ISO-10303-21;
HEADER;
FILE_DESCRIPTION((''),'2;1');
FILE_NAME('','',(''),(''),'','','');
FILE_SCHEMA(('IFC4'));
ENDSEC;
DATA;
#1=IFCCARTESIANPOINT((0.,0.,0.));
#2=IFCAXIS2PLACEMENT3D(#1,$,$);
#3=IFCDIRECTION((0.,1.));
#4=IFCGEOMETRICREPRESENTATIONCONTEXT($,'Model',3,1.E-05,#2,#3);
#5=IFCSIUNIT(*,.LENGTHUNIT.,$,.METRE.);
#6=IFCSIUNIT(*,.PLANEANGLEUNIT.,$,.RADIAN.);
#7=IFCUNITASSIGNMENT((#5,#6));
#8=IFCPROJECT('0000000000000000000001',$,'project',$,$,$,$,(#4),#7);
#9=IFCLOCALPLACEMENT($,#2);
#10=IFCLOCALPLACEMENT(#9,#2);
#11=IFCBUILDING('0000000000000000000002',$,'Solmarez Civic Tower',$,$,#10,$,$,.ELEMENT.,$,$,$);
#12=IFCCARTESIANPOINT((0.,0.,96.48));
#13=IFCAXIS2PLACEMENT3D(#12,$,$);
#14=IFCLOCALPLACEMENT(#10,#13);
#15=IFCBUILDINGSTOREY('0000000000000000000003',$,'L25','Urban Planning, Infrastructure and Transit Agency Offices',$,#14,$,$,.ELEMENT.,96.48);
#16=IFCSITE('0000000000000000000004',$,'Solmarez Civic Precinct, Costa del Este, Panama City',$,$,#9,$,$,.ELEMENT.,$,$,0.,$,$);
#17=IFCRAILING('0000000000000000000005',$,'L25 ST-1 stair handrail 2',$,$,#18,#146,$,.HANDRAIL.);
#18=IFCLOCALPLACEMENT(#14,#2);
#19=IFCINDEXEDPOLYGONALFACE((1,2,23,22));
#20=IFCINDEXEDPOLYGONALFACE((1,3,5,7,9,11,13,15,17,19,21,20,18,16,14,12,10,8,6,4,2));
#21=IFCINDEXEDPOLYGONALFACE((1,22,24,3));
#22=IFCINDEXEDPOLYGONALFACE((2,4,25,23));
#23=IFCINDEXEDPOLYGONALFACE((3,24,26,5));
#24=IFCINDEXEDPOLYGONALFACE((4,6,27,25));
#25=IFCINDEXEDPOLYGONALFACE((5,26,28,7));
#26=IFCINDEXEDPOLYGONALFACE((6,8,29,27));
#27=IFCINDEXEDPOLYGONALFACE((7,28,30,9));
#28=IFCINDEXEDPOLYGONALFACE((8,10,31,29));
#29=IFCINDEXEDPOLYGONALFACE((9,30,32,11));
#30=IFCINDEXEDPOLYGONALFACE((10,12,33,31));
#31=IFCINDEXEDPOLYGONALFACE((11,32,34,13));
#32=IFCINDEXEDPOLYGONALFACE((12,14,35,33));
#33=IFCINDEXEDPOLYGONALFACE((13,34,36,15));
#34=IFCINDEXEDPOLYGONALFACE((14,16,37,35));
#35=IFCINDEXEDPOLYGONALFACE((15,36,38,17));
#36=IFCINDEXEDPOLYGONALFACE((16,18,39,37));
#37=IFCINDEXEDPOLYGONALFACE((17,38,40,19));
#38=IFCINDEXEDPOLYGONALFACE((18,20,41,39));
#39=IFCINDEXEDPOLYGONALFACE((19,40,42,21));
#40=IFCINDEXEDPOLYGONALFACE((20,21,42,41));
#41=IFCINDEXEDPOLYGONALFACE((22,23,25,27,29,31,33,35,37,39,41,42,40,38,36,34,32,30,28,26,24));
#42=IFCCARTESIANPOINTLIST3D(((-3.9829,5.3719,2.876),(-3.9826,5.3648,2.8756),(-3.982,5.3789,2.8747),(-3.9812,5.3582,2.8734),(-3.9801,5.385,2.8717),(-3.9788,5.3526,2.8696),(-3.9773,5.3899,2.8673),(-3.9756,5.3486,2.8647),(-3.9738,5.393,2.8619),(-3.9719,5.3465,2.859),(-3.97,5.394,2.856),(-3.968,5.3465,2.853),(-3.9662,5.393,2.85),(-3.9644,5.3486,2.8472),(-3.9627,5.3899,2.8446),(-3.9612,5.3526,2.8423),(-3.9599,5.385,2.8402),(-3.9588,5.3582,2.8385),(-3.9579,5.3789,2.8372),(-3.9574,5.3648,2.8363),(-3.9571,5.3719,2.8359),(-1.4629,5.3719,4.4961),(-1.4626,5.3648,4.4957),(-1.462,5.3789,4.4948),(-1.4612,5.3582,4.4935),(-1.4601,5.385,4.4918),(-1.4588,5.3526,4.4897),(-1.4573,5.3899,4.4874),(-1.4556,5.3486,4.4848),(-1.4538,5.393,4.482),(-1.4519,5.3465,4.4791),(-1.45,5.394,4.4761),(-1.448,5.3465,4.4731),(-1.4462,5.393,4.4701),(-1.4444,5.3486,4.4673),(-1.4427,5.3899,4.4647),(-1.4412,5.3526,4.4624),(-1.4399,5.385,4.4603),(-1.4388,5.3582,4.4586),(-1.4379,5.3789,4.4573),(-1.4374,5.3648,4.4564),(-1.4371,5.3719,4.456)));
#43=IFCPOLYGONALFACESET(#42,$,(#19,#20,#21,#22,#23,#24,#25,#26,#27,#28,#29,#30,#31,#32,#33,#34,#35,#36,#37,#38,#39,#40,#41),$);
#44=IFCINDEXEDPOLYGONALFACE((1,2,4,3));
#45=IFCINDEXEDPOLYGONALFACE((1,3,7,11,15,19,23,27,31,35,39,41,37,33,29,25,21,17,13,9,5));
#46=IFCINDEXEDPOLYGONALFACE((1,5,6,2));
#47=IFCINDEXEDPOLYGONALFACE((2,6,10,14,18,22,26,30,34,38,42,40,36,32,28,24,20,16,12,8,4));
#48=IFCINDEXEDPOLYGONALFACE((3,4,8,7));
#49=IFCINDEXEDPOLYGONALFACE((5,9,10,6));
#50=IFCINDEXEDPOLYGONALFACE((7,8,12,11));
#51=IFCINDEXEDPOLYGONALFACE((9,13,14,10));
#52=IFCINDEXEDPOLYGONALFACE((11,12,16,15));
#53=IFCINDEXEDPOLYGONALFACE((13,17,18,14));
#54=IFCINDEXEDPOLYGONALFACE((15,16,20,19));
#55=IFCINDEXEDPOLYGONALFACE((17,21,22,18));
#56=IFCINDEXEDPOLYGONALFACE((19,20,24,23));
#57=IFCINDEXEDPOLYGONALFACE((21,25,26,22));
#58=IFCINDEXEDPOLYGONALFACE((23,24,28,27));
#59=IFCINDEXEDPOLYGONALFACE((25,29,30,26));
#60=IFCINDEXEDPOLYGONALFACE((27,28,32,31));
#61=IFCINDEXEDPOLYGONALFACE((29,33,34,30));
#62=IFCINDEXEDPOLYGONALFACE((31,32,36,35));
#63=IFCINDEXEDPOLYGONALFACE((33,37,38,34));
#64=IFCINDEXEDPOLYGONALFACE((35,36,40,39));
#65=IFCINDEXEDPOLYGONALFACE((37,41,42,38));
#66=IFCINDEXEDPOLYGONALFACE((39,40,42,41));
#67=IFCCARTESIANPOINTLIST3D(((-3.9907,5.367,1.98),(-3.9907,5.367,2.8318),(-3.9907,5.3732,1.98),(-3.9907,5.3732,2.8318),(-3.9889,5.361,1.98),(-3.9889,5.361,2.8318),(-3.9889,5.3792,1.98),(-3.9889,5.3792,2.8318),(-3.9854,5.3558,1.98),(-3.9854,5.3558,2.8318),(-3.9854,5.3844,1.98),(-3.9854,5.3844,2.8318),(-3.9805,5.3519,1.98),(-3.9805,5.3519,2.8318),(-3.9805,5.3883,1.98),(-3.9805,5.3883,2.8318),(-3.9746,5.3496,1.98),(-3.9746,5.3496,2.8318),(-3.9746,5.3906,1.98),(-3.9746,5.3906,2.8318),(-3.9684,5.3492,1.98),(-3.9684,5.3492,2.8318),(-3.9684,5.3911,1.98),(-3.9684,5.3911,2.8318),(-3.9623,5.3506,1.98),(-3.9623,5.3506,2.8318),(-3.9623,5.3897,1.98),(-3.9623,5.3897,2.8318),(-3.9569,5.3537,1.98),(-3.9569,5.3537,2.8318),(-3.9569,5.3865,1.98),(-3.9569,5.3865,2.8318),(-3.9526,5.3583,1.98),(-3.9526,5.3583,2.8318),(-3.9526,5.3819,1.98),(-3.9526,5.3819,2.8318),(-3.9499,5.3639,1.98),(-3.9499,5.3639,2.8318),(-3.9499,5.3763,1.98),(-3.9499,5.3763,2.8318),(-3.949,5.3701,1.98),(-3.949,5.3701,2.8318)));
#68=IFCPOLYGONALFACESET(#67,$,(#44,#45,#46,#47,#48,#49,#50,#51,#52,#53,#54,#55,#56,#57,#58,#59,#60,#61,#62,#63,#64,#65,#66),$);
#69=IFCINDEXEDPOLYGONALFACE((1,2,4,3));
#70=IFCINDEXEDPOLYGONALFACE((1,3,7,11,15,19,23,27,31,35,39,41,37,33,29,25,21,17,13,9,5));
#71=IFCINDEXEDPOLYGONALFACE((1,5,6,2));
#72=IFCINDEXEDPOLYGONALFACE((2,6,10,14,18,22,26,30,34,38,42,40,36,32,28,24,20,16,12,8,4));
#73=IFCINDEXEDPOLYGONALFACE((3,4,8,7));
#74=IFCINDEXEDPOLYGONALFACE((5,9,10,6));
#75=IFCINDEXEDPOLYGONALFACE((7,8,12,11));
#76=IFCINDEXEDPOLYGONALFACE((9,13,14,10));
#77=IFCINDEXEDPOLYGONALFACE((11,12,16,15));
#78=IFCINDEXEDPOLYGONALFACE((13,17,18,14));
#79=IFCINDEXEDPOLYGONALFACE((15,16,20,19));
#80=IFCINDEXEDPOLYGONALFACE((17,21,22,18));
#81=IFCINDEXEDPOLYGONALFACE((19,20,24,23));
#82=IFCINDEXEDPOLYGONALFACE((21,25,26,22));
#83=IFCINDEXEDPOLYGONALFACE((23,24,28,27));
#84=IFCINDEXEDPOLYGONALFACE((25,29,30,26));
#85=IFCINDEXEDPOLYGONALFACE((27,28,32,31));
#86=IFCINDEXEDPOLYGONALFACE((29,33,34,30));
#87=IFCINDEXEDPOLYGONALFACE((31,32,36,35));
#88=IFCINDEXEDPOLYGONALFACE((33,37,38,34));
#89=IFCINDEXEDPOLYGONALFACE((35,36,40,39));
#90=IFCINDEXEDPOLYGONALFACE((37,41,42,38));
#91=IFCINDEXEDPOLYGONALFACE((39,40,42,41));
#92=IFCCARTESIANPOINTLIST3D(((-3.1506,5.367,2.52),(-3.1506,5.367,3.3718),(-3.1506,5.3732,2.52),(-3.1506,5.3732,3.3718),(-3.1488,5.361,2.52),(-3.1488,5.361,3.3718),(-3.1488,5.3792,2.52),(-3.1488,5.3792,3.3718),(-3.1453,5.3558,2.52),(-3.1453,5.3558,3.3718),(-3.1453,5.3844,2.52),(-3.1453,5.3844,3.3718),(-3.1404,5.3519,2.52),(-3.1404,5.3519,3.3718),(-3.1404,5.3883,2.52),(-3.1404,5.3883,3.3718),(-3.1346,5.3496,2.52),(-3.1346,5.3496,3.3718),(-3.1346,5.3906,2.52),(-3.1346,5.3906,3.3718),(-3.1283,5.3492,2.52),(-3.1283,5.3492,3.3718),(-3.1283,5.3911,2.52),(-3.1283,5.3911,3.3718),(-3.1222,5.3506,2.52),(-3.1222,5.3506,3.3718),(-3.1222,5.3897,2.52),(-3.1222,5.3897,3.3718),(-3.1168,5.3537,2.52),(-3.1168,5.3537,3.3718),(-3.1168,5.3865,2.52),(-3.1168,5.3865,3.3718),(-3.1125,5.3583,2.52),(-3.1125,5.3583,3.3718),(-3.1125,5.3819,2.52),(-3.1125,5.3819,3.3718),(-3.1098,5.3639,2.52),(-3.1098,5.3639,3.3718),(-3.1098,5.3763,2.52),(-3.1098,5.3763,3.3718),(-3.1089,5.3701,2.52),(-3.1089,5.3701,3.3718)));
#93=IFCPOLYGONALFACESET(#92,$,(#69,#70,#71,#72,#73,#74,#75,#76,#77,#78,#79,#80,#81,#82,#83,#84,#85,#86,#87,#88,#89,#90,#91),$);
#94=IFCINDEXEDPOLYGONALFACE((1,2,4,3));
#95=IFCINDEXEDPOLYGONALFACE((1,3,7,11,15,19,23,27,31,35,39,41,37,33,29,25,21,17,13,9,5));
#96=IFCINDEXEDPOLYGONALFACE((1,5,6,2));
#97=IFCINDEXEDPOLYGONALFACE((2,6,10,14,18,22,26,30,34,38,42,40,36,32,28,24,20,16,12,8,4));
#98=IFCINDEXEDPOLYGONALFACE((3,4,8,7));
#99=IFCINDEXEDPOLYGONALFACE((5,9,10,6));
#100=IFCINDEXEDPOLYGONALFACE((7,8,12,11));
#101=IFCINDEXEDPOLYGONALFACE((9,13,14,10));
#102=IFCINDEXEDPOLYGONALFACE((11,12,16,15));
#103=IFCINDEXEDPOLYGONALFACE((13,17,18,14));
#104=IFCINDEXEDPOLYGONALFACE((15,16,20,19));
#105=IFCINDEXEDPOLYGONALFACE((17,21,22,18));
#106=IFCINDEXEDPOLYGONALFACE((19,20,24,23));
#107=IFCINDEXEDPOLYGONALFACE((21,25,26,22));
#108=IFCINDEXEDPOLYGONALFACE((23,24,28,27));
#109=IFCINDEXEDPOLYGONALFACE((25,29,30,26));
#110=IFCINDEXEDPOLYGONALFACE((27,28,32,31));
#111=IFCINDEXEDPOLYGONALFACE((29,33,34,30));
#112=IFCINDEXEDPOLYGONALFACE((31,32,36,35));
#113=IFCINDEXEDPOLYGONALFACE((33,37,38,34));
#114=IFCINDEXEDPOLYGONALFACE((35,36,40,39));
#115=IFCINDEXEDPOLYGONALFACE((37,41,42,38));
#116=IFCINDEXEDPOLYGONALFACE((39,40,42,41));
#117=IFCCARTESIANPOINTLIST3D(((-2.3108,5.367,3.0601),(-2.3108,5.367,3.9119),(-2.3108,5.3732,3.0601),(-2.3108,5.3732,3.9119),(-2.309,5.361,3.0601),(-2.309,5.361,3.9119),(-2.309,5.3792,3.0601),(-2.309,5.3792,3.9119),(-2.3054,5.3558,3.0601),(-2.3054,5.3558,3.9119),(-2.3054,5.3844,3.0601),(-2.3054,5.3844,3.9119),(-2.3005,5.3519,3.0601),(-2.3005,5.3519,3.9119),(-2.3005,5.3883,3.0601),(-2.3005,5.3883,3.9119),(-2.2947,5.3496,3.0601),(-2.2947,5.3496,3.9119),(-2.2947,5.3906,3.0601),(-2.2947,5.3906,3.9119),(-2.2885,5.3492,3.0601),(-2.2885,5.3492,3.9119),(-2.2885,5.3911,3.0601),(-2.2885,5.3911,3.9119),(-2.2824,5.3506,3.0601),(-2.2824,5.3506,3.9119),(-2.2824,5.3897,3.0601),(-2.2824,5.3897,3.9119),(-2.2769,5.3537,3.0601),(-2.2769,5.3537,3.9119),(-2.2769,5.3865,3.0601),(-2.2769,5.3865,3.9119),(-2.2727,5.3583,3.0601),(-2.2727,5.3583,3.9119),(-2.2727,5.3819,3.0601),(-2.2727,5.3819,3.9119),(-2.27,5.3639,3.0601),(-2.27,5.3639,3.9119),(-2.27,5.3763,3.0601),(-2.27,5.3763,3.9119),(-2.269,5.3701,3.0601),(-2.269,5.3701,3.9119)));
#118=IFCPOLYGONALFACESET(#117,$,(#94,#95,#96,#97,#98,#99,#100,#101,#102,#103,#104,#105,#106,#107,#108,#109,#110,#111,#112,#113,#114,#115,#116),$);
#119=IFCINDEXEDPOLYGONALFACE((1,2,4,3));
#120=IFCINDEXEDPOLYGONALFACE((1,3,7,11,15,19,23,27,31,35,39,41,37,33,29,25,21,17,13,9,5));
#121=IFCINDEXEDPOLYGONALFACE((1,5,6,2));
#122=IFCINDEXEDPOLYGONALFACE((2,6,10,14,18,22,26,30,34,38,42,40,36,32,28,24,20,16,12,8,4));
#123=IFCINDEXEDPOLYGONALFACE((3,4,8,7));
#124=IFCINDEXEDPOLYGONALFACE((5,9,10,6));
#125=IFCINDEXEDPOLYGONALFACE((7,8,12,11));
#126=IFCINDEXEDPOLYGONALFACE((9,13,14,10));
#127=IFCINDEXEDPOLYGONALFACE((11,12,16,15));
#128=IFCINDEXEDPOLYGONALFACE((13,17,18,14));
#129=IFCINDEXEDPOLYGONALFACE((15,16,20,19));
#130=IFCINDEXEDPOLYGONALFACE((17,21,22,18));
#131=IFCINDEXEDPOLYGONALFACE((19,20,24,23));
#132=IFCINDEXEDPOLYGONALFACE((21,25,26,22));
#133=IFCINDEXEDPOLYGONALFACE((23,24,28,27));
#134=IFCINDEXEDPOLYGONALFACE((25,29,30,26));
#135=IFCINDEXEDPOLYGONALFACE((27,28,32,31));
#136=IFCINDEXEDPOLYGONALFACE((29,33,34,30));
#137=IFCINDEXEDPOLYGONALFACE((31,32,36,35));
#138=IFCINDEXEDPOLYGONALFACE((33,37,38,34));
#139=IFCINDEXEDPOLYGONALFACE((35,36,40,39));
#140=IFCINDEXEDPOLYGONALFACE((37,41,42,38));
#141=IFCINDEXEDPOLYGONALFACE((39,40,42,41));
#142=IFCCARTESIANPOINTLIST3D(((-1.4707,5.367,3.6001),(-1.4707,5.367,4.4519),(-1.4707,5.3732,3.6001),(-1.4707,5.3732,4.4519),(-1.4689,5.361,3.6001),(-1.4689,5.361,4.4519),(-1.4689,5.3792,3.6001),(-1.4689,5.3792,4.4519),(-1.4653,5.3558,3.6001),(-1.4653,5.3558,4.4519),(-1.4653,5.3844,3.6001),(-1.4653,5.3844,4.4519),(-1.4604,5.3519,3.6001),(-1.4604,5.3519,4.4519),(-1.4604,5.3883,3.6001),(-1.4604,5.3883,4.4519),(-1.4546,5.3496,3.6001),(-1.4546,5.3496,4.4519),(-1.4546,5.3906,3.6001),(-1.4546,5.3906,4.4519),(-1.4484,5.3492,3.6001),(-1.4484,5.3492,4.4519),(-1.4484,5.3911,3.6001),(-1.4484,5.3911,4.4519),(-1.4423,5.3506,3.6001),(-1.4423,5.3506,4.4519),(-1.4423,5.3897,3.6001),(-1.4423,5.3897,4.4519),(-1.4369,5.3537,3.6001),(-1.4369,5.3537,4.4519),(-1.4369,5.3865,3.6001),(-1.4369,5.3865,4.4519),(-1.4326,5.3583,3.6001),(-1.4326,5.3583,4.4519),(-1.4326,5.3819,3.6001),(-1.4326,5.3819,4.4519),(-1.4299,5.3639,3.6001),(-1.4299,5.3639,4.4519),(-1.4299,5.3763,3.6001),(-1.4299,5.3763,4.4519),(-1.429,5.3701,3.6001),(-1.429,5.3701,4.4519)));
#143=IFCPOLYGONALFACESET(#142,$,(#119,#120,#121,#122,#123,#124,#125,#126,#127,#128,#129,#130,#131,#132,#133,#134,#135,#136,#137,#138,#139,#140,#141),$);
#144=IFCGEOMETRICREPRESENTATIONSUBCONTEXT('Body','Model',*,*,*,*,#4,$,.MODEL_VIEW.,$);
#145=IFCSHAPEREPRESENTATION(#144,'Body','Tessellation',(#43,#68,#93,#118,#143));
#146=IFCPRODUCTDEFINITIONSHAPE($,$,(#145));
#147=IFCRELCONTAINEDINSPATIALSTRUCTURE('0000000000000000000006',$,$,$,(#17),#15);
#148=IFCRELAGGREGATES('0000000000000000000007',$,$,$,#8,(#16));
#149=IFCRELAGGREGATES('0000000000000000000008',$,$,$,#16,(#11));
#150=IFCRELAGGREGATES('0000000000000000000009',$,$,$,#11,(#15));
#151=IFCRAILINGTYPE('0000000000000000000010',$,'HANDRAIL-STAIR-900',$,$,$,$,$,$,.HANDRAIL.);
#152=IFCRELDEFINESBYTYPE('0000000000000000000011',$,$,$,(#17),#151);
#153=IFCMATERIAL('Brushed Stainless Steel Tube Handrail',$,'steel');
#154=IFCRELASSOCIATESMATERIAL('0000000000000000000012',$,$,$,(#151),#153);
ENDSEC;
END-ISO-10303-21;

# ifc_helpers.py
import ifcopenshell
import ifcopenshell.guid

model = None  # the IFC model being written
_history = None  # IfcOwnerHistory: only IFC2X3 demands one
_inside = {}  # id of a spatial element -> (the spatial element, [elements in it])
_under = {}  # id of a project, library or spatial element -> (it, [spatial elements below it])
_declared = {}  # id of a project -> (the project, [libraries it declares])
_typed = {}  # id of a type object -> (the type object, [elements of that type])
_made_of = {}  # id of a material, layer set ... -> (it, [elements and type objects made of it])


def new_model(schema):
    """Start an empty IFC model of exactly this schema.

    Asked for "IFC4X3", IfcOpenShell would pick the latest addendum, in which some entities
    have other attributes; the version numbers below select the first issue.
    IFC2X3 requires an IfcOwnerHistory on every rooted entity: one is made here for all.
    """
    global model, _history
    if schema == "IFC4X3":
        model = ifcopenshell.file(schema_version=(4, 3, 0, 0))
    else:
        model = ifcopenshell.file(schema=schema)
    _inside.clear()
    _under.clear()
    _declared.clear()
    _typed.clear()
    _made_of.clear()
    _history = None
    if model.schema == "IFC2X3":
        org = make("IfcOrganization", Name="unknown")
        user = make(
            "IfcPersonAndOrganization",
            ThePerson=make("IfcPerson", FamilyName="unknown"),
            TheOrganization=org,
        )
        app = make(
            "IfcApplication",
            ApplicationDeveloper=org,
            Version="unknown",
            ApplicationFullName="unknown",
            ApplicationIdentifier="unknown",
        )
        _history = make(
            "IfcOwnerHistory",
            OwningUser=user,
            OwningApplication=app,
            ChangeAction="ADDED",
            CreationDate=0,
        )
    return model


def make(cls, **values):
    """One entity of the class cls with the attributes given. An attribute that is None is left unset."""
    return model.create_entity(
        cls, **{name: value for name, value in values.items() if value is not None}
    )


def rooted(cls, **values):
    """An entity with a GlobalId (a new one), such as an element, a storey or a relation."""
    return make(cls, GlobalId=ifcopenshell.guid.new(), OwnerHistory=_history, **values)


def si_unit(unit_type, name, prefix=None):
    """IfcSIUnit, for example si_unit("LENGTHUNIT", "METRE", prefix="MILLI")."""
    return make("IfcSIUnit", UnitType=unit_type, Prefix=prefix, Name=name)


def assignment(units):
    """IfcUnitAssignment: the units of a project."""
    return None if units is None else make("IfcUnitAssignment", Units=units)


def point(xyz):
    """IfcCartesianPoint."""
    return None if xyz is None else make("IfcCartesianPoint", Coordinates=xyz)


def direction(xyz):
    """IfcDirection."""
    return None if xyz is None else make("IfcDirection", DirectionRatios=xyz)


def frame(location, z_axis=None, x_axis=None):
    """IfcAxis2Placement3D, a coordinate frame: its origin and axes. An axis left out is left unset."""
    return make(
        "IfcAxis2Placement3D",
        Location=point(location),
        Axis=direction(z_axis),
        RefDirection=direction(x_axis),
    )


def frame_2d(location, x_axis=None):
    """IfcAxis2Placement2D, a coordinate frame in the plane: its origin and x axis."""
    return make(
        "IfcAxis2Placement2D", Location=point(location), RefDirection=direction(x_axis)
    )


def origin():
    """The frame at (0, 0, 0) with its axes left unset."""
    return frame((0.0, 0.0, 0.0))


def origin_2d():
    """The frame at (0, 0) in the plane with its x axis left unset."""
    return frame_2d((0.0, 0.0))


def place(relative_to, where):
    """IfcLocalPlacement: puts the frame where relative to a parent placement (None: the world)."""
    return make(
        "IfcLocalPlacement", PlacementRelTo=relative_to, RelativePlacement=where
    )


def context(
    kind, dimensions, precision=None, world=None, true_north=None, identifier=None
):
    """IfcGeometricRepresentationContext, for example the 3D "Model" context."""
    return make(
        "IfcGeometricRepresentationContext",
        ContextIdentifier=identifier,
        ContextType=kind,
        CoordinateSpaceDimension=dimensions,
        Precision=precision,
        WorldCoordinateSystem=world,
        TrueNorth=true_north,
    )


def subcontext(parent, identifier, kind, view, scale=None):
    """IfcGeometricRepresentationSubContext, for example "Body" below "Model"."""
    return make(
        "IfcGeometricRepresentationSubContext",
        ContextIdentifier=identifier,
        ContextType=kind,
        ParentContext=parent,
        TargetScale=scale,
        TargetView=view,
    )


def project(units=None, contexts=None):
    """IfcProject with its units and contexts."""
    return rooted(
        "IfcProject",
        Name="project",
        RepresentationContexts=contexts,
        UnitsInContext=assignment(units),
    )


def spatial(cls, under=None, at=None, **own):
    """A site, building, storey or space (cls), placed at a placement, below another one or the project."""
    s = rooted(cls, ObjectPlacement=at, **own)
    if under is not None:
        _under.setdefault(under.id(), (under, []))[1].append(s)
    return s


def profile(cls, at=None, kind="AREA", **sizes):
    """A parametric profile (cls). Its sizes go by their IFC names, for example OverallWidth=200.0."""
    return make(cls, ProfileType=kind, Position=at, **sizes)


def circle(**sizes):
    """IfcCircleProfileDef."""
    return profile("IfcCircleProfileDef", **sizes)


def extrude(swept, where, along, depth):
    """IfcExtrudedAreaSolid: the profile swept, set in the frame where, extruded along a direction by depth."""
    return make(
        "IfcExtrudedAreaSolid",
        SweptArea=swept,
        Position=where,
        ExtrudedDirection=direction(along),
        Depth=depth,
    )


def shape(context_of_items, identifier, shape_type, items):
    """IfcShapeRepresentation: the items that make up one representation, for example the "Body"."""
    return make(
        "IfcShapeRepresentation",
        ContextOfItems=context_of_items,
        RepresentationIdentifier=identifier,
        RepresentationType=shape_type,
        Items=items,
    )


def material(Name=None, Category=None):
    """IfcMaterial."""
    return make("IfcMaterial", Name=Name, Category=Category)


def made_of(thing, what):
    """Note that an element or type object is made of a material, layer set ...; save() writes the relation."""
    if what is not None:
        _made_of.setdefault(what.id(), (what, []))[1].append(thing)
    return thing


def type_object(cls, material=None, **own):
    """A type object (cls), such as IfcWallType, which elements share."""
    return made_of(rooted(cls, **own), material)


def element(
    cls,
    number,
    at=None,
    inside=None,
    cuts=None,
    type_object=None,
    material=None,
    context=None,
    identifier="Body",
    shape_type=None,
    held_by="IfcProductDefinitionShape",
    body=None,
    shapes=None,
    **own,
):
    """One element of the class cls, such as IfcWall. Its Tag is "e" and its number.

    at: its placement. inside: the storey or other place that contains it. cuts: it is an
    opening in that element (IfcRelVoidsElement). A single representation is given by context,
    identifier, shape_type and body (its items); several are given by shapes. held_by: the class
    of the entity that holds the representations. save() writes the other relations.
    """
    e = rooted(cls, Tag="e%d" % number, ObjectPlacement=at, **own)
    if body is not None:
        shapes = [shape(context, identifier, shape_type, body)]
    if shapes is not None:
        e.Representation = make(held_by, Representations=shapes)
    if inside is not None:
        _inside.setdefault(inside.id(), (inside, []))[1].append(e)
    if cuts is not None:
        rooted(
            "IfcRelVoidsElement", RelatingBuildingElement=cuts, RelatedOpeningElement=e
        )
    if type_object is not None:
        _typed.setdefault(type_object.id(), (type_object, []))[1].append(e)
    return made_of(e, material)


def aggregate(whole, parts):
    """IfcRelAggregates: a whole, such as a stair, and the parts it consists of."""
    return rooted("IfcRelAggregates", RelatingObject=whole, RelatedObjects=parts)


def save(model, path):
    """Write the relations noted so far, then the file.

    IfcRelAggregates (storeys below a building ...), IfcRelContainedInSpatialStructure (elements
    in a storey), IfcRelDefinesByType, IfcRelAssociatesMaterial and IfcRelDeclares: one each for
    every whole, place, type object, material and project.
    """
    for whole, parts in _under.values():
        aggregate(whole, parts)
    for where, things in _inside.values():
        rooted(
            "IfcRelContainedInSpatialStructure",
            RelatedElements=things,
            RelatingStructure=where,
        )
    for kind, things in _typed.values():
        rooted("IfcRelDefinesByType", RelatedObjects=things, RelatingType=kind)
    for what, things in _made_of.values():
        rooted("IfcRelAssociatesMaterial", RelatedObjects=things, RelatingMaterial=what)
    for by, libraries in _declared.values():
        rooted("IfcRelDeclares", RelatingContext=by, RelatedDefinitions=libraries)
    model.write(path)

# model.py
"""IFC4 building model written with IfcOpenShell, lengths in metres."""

from ifc_helpers import new_model, si_unit, direction, frame, origin, origin_2d, place, context, subcontext, project, spatial, circle, extrude, material, type_object, element, save


model = new_model("IFC4")

# Units and contexts
model_context = context("Model", 3, precision=1e-05, world=origin(), true_north=direction((0.0, 1.0)))
body_context = subcontext(model_context, "Body", "Model", "MODEL_VIEW")
ifc_project = project(units=[si_unit("LENGTHUNIT", "METRE"), si_unit("PLANEANGLEUNIT", "RADIAN")], contexts=[model_context])

# Site, building, storey
site_placement = place(None, origin())
site = spatial("IfcSite", under=ifc_project, at=site_placement, Name="Solmarez Civic Precinct, Costa del Este, Panama City", CompositionType="ELEMENT", RefElevation=0.0)
building_placement = place(site_placement, origin())
building = spatial("IfcBuilding", under=site, at=building_placement, Name="Solmarez Civic Tower", CompositionType="ELEMENT")
storey_placement = place(building_placement, frame((0.0, 0.0, 96.48)))
storey = spatial("IfcBuildingStorey", under=building, at=storey_placement, Name="L25", Description="Urban Planning, Infrastructure and Transit Agency Offices", CompositionType="ELEMENT", Elevation=96.48)

# Railing
ifc_material_1 = material(Name="Brushed Stainless Steel Tube Handrail", Category="steel")
railing_type_1 = type_object("IfcRailingType", Name="HANDRAIL-STAIR-900", PredefinedType="HANDRAIL", material=ifc_material_1)
railing_1_placement = place(storey_placement, frame((-3.97, 5.3701, 1.98)))
element("IfcRailing", 1, at=railing_1_placement, inside=storey, type_object=railing_type_1, Name="L25 ST-1 stair handrail 2", PredefinedType="HANDRAIL", context=body_context, shape_type="SweptSolid", body=[
    extrude(circle(Radius=0.0239, at=origin_2d()), frame((0.0, 0.0, 0.876), z_axis=(0.841163, 0.0, 0.540782), x_axis=(0.0, 1.0, 0.0)), (0.0, 0.0, 1.0), 2.9958),
    extrude(circle(Radius=0.021, at=origin_2d()), origin(), (0.0, 0.0, 1.0), 0.8518),
    extrude(circle(Radius=0.021, at=origin_2d()), frame((0.8401, 0.0, 0.54)), (0.0, 0.0, 1.0), 0.8518),
    extrude(circle(Radius=0.021, at=origin_2d()), frame((1.6799, 0.0, 1.0801)), (0.0, 0.0, 1.0), 0.8518),
    extrude(circle(Radius=0.021, at=origin_2d()), frame((2.52, 0.0, 1.6201)), (0.0, 0.0, 1.0), 0.8518),
])

save(model, "model.ifc")
